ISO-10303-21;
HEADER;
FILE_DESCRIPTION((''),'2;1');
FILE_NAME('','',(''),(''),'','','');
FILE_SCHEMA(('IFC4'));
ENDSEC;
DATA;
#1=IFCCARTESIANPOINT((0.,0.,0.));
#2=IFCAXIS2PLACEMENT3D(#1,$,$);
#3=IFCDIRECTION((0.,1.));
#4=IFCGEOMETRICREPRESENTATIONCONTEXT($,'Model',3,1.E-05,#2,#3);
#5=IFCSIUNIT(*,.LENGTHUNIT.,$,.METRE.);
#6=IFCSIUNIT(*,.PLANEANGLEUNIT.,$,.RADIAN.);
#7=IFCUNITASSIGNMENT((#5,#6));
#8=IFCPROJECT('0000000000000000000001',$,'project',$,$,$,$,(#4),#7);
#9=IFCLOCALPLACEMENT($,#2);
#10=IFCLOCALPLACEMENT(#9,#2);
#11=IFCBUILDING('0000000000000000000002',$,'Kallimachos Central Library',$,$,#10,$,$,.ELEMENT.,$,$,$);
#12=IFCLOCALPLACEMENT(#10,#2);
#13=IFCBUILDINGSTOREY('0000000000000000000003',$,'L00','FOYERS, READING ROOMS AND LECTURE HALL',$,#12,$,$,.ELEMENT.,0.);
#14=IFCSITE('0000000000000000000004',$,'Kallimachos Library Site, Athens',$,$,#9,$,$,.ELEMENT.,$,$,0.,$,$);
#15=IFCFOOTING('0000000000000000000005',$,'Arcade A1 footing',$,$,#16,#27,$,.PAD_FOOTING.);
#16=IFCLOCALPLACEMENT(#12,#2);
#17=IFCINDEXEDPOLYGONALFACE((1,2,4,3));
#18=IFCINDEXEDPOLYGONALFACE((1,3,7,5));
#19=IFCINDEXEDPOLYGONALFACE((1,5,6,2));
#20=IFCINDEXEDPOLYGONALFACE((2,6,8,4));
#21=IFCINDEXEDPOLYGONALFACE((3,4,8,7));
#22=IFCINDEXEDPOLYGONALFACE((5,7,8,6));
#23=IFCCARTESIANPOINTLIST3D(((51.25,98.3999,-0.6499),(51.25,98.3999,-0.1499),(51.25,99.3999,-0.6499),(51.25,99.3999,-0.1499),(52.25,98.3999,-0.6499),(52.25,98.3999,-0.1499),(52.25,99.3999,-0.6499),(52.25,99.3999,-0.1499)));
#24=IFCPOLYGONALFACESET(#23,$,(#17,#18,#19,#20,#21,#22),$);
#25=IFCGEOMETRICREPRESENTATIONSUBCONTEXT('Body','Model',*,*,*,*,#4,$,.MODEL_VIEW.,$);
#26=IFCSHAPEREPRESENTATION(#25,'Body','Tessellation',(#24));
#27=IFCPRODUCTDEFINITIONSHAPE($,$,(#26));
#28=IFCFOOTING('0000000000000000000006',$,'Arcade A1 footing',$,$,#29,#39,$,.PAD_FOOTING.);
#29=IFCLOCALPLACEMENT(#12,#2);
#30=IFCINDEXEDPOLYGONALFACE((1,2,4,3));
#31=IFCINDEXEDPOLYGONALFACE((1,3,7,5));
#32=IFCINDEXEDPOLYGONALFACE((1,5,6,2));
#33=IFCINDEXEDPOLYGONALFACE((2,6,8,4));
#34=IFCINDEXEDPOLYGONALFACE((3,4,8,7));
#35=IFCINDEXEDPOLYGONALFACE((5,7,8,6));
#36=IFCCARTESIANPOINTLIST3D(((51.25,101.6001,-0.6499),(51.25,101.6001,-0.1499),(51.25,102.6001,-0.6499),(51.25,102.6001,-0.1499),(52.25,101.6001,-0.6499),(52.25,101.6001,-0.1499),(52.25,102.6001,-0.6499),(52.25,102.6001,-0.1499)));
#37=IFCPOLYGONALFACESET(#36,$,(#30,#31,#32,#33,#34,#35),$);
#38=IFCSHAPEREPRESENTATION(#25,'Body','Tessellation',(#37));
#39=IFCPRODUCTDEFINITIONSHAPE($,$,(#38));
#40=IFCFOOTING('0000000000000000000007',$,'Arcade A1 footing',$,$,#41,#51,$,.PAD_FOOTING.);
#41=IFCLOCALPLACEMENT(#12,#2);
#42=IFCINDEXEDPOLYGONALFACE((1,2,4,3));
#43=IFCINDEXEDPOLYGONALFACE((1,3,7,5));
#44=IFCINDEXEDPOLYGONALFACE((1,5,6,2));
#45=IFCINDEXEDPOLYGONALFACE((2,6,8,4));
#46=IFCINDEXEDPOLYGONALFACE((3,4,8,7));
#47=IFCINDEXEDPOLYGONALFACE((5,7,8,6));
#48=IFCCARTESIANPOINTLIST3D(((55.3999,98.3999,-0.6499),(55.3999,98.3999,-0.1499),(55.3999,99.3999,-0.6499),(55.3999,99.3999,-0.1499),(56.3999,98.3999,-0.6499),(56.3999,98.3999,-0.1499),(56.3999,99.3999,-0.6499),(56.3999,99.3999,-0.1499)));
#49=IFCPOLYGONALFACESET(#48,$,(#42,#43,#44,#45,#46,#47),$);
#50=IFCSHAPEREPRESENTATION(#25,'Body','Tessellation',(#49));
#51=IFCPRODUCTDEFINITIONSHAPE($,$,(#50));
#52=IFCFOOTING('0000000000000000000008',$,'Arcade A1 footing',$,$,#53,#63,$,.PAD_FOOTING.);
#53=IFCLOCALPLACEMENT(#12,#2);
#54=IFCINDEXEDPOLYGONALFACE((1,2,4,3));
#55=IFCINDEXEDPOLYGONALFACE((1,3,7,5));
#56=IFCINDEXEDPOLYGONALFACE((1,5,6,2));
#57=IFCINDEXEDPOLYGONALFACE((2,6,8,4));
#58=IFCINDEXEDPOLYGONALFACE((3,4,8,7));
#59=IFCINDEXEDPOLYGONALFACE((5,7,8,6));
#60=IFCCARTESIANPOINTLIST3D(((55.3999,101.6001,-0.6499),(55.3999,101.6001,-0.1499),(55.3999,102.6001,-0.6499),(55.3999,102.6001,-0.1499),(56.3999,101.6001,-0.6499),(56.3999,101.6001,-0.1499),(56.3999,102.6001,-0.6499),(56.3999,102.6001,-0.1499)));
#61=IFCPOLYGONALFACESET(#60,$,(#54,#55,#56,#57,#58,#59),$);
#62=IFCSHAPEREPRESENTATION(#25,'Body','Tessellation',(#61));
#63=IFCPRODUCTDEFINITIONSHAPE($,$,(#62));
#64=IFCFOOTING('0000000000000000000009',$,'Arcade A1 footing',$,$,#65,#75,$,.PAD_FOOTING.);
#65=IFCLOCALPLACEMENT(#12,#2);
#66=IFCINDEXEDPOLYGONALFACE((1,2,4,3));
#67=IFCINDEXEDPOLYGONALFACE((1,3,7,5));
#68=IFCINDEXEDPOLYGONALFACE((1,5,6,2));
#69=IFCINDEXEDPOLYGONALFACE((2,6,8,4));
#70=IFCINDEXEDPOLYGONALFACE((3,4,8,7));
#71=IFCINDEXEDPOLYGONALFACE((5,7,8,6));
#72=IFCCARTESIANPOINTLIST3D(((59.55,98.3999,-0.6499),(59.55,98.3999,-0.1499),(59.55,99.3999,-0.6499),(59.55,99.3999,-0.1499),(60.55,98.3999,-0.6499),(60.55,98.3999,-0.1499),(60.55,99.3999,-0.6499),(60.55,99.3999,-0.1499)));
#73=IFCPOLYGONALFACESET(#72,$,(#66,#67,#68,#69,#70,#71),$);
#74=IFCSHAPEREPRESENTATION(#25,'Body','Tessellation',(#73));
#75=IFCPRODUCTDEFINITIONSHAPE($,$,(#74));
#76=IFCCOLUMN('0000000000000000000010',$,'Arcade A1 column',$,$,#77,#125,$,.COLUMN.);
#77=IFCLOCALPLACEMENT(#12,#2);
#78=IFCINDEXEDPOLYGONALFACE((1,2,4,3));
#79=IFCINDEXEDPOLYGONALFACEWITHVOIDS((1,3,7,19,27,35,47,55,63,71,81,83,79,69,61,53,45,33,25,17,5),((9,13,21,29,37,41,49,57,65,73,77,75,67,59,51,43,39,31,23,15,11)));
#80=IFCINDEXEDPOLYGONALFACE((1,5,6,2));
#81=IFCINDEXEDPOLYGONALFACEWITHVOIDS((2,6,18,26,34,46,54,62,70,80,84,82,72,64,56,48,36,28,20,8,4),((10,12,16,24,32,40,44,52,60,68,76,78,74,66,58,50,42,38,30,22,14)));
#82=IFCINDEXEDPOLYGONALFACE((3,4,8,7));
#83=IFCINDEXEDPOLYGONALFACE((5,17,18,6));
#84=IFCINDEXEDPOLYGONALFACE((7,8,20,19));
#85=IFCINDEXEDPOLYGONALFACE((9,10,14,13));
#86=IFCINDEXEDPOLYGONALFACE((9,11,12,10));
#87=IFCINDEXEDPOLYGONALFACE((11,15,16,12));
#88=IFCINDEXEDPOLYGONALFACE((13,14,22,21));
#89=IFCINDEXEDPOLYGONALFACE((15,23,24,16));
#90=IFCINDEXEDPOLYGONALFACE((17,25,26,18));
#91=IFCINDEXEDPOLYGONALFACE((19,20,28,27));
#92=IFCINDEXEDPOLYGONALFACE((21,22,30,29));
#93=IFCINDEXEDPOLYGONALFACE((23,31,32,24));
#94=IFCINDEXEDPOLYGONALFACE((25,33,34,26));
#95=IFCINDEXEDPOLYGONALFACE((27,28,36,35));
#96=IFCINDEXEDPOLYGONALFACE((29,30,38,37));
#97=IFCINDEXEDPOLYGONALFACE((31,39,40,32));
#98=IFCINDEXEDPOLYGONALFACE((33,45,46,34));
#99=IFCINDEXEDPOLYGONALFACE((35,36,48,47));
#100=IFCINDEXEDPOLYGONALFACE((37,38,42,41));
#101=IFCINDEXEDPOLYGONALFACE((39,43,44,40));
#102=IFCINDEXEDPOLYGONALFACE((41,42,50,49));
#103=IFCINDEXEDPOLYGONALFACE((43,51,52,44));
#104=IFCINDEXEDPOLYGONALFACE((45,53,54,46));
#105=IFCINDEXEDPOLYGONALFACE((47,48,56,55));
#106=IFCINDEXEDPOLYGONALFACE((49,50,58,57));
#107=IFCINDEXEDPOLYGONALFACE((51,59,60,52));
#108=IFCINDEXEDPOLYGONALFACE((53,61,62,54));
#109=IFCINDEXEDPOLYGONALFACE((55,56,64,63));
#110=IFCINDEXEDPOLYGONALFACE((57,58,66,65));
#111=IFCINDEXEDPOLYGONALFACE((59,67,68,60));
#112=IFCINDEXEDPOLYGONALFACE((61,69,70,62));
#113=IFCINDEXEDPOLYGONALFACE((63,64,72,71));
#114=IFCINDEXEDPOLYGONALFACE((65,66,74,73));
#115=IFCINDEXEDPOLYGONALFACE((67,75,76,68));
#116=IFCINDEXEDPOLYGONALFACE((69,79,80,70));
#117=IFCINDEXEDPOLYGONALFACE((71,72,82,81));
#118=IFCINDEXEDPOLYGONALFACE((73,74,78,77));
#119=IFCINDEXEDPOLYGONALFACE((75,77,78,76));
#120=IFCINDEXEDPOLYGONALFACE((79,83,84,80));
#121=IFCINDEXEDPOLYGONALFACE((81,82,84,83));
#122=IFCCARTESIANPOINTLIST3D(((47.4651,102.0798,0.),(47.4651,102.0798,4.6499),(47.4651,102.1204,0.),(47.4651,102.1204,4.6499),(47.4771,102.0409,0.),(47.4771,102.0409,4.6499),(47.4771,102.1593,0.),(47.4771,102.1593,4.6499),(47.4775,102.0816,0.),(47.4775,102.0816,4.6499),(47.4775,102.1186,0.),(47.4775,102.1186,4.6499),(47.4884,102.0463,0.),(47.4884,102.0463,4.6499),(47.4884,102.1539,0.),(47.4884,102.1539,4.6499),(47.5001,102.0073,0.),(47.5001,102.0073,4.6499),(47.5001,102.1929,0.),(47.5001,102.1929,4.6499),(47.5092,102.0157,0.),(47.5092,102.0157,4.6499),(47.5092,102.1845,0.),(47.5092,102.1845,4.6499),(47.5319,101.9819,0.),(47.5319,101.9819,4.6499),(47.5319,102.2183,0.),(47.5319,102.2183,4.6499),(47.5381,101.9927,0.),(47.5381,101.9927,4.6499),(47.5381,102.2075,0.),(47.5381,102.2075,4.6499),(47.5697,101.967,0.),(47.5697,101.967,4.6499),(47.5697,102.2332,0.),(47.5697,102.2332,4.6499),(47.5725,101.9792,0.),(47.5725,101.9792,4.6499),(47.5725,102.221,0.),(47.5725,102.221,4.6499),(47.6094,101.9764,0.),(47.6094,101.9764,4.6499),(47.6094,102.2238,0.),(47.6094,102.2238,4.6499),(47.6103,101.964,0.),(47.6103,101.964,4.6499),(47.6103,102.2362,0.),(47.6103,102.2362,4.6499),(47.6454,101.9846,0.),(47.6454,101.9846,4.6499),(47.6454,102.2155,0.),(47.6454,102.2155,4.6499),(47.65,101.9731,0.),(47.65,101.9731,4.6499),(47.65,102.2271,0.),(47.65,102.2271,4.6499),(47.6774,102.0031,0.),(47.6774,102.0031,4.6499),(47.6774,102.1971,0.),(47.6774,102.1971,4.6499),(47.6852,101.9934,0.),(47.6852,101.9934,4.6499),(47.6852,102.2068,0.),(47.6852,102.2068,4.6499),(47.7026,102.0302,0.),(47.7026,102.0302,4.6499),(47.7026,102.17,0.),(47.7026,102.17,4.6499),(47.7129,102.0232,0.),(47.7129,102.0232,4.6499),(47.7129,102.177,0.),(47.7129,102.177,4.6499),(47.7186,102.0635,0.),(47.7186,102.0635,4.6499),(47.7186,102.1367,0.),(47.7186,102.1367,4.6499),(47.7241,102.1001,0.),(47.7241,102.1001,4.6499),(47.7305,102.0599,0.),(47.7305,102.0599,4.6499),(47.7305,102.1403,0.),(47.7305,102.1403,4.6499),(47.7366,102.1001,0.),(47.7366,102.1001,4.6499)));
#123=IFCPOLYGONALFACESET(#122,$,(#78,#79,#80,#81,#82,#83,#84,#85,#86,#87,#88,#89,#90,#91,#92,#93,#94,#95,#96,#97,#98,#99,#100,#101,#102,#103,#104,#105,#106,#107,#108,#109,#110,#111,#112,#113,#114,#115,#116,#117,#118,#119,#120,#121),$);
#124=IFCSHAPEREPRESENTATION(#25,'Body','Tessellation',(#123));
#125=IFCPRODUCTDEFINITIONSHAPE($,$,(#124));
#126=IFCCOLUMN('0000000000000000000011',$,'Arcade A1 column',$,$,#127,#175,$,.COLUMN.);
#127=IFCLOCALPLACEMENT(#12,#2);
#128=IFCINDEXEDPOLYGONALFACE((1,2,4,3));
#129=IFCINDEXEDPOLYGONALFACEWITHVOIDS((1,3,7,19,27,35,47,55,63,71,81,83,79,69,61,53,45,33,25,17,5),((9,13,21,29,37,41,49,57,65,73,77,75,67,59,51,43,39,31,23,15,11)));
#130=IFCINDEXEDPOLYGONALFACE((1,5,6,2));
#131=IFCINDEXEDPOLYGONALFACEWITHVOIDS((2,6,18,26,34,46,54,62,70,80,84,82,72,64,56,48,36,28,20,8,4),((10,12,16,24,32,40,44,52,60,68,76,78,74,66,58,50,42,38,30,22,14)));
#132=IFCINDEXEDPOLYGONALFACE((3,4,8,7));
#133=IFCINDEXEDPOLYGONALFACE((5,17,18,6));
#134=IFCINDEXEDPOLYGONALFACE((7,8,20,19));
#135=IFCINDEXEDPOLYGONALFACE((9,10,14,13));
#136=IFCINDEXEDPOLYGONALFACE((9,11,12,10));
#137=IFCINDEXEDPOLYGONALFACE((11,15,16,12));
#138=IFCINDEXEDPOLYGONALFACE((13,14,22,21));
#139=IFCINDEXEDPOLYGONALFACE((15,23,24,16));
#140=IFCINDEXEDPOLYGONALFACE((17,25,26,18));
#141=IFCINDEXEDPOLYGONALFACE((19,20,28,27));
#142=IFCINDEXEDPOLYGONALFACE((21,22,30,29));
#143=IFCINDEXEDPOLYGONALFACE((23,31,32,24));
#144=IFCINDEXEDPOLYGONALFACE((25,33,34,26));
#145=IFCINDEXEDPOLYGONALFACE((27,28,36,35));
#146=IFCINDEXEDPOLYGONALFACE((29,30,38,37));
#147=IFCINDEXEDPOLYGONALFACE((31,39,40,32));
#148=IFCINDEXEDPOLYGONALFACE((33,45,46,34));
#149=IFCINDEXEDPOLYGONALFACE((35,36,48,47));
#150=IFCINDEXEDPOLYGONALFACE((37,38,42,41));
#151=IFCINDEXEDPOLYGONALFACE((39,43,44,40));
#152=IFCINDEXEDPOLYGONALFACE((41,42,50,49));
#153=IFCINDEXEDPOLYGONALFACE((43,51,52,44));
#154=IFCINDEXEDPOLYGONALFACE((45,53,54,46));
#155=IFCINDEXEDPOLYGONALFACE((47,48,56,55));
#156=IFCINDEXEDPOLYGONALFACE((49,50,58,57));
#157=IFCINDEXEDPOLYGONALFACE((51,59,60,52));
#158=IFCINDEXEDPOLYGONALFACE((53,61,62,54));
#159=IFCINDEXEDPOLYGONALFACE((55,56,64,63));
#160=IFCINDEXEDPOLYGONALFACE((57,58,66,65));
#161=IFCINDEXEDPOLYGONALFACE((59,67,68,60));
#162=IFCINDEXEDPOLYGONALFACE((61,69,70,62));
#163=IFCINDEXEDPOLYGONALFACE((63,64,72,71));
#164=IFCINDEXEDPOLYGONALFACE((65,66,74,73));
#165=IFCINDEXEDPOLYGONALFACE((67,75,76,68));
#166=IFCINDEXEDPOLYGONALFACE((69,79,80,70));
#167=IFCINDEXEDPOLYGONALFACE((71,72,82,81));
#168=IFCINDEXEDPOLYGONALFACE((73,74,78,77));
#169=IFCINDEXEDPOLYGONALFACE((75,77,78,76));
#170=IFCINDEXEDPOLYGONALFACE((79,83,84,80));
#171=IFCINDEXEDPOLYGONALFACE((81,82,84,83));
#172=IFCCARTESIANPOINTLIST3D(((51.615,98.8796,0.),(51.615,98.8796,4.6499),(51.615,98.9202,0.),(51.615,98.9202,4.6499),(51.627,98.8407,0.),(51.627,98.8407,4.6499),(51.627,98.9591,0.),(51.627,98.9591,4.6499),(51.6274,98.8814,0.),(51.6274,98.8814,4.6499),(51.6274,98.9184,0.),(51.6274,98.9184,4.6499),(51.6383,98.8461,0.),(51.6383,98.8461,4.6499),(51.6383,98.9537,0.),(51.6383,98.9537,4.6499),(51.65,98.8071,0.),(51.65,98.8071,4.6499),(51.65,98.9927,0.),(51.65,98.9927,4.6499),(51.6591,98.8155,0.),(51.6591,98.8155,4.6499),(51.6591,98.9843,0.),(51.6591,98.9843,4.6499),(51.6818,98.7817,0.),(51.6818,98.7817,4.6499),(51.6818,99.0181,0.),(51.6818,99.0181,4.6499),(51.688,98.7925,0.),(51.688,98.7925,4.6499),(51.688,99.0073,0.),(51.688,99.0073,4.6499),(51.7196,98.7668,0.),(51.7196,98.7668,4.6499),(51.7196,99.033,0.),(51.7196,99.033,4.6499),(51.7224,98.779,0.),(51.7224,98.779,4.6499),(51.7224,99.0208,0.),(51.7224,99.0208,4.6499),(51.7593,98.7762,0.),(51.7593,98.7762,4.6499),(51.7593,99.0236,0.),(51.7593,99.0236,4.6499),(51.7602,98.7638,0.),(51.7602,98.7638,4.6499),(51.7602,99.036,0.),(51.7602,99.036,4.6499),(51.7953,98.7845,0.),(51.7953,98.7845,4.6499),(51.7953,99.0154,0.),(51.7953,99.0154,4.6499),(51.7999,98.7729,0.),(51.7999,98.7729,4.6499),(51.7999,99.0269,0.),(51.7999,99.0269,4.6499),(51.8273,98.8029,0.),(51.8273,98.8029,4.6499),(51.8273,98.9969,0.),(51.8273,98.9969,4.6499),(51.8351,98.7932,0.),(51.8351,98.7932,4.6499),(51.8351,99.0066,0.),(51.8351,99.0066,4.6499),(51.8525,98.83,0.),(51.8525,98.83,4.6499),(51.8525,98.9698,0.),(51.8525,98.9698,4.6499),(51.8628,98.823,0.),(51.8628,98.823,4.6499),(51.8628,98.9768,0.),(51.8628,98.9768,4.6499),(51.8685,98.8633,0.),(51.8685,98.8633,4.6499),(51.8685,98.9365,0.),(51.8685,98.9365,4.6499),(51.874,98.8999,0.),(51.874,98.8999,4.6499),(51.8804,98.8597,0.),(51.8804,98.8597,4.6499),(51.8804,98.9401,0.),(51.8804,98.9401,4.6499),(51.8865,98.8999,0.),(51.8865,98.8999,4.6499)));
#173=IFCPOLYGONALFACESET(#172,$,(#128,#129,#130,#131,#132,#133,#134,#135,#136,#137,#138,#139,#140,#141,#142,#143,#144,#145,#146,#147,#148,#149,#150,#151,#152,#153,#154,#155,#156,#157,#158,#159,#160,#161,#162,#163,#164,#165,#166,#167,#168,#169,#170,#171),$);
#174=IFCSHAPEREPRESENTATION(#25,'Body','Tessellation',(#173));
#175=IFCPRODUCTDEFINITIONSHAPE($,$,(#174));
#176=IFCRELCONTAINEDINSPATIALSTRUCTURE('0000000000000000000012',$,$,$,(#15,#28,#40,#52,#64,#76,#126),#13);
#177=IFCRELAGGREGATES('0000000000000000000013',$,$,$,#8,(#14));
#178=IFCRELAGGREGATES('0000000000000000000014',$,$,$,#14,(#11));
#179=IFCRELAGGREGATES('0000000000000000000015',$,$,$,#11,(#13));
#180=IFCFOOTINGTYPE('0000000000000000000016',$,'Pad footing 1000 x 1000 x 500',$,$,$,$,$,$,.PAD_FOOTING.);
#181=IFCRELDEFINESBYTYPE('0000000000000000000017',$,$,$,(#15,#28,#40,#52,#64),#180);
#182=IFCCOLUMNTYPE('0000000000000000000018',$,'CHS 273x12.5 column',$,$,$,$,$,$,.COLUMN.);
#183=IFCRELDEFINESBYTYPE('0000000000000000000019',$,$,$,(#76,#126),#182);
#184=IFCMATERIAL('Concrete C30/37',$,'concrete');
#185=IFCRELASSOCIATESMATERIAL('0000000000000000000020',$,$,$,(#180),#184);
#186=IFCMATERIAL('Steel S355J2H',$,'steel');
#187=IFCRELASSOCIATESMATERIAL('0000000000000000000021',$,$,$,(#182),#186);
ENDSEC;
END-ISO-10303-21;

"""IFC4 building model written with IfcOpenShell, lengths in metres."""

from ifc_helpers import new_model, si_unit, direction, frame, origin, origin_2d, place, context, subcontext, project, spatial, rectangle, hollow_circle, extrude, material, material_profile, profile_set, type_object, element, save


model = new_model("IFC4")

# Units and contexts
model_context = context("Model", 3, precision=1e-05, world=origin(), true_north=direction((0.0, 1.0)))
body_context = subcontext(model_context, "Body", "Model", "MODEL_VIEW")
ifc_project = project(units=[si_unit("LENGTHUNIT", "METRE"), si_unit("PLANEANGLEUNIT", "RADIAN")], contexts=[model_context])

# Site, building, storey
site_placement = place(None, origin())
site = spatial("IfcSite", under=ifc_project, at=site_placement, Name="Kallimachos Library Site, Athens", CompositionType="ELEMENT", RefElevation=0.0)
building_placement = place(site_placement, origin())
building = spatial("IfcBuilding", under=site, at=building_placement, Name="Kallimachos Central Library", CompositionType="ELEMENT")
storey_placement = place(building_placement, origin())
storey = spatial("IfcBuildingStorey", under=building, at=storey_placement, Name="L00", Description="FOYERS, READING ROOMS AND LECTURE HALL", CompositionType="ELEMENT", Elevation=0.0)

# Footings
ifc_material_1 = material(Name="Concrete C30/37", Category="concrete")
footing_type = type_object("IfcFootingType", Name="Pad footing 1000 x 1000 x 500", PredefinedType="PAD_FOOTING", material=ifc_material_1)
for number, where, z_axis, x_axis, name in (
    (1, (51.75, 98.8999, -0.6499), (0.0, 0.0, 1.0), (1.0, 0.0, 0.0), "Arcade A1 footing"),
    (2, (51.75, 102.1001, -0.6499), (0.0, 0.0, 1.0), (1.0, 0.0, 0.0), "Arcade A1 footing"),
    (3, (55.8999, 98.8999, -0.6499), (0.0, 0.0, 1.0), (1.0, 0.0, 0.0), "Arcade A1 footing"),
    (4, (55.8999, 102.1001, -0.6499), (0.0, 0.0, 1.0), (1.0, 0.0, 0.0), "Arcade A1 footing"),
    (5, (60.05, 98.8999, -0.6499), (0.0, 0.0, 1.0), (1.0, 0.0, 0.0), "Arcade A1 footing"),
):
    element("IfcFooting", number, at=place(storey_placement, frame(where, z_axis=z_axis, x_axis=x_axis)), inside=storey, type_object=footing_type, Name=name, PredefinedType="PAD_FOOTING", context=body_context, shape_type="SweptSolid", body=[
        extrude(rectangle(XDim=1.0, YDim=1.0, at=origin_2d()), origin(), (0.0, 0.0, 1.0), 0.5),
    ])

# Columns
ifc_material_2 = material(Name="Steel S355J2H", Category="steel")
ifc_material_profile_1 = material_profile(ifc_material_2, hollow_circle(Radius=0.1365, WallThickness=0.0125, at=origin_2d()), Name="CHS 273x12.5")
ifc_profile_set_1 = profile_set([ifc_material_profile_1], Name="Steel S355J2H")
column_type = type_object("IfcColumnType", Name="CHS 273x12.5 column", PredefinedType="COLUMN", material=ifc_profile_set_1)
for number, where, z_axis, x_axis, name in (
    (6, (47.6001, 102.1001, 0.0), (0.0, 0.0, 1.0), (1.0, 0.0, 0.0), "Arcade A1 column"),
    (7, (51.75, 98.8999, 0.0), (0.0, 0.0, 1.0), (1.0, 0.0, 0.0), "Arcade A1 column"),
):
    element("IfcColumn", number, at=place(storey_placement, frame(where, z_axis=z_axis, x_axis=x_axis)), inside=storey, type_object=column_type, Name=name, PredefinedType="COLUMN", context=body_context, shape_type="SweptSolid", body=[
        extrude(hollow_circle(Radius=0.1365, WallThickness=0.0125, at=origin_2d()), origin(), (0.0, 0.0, 1.0), 4.6499),
    ])

save(model, "model.ifc")
